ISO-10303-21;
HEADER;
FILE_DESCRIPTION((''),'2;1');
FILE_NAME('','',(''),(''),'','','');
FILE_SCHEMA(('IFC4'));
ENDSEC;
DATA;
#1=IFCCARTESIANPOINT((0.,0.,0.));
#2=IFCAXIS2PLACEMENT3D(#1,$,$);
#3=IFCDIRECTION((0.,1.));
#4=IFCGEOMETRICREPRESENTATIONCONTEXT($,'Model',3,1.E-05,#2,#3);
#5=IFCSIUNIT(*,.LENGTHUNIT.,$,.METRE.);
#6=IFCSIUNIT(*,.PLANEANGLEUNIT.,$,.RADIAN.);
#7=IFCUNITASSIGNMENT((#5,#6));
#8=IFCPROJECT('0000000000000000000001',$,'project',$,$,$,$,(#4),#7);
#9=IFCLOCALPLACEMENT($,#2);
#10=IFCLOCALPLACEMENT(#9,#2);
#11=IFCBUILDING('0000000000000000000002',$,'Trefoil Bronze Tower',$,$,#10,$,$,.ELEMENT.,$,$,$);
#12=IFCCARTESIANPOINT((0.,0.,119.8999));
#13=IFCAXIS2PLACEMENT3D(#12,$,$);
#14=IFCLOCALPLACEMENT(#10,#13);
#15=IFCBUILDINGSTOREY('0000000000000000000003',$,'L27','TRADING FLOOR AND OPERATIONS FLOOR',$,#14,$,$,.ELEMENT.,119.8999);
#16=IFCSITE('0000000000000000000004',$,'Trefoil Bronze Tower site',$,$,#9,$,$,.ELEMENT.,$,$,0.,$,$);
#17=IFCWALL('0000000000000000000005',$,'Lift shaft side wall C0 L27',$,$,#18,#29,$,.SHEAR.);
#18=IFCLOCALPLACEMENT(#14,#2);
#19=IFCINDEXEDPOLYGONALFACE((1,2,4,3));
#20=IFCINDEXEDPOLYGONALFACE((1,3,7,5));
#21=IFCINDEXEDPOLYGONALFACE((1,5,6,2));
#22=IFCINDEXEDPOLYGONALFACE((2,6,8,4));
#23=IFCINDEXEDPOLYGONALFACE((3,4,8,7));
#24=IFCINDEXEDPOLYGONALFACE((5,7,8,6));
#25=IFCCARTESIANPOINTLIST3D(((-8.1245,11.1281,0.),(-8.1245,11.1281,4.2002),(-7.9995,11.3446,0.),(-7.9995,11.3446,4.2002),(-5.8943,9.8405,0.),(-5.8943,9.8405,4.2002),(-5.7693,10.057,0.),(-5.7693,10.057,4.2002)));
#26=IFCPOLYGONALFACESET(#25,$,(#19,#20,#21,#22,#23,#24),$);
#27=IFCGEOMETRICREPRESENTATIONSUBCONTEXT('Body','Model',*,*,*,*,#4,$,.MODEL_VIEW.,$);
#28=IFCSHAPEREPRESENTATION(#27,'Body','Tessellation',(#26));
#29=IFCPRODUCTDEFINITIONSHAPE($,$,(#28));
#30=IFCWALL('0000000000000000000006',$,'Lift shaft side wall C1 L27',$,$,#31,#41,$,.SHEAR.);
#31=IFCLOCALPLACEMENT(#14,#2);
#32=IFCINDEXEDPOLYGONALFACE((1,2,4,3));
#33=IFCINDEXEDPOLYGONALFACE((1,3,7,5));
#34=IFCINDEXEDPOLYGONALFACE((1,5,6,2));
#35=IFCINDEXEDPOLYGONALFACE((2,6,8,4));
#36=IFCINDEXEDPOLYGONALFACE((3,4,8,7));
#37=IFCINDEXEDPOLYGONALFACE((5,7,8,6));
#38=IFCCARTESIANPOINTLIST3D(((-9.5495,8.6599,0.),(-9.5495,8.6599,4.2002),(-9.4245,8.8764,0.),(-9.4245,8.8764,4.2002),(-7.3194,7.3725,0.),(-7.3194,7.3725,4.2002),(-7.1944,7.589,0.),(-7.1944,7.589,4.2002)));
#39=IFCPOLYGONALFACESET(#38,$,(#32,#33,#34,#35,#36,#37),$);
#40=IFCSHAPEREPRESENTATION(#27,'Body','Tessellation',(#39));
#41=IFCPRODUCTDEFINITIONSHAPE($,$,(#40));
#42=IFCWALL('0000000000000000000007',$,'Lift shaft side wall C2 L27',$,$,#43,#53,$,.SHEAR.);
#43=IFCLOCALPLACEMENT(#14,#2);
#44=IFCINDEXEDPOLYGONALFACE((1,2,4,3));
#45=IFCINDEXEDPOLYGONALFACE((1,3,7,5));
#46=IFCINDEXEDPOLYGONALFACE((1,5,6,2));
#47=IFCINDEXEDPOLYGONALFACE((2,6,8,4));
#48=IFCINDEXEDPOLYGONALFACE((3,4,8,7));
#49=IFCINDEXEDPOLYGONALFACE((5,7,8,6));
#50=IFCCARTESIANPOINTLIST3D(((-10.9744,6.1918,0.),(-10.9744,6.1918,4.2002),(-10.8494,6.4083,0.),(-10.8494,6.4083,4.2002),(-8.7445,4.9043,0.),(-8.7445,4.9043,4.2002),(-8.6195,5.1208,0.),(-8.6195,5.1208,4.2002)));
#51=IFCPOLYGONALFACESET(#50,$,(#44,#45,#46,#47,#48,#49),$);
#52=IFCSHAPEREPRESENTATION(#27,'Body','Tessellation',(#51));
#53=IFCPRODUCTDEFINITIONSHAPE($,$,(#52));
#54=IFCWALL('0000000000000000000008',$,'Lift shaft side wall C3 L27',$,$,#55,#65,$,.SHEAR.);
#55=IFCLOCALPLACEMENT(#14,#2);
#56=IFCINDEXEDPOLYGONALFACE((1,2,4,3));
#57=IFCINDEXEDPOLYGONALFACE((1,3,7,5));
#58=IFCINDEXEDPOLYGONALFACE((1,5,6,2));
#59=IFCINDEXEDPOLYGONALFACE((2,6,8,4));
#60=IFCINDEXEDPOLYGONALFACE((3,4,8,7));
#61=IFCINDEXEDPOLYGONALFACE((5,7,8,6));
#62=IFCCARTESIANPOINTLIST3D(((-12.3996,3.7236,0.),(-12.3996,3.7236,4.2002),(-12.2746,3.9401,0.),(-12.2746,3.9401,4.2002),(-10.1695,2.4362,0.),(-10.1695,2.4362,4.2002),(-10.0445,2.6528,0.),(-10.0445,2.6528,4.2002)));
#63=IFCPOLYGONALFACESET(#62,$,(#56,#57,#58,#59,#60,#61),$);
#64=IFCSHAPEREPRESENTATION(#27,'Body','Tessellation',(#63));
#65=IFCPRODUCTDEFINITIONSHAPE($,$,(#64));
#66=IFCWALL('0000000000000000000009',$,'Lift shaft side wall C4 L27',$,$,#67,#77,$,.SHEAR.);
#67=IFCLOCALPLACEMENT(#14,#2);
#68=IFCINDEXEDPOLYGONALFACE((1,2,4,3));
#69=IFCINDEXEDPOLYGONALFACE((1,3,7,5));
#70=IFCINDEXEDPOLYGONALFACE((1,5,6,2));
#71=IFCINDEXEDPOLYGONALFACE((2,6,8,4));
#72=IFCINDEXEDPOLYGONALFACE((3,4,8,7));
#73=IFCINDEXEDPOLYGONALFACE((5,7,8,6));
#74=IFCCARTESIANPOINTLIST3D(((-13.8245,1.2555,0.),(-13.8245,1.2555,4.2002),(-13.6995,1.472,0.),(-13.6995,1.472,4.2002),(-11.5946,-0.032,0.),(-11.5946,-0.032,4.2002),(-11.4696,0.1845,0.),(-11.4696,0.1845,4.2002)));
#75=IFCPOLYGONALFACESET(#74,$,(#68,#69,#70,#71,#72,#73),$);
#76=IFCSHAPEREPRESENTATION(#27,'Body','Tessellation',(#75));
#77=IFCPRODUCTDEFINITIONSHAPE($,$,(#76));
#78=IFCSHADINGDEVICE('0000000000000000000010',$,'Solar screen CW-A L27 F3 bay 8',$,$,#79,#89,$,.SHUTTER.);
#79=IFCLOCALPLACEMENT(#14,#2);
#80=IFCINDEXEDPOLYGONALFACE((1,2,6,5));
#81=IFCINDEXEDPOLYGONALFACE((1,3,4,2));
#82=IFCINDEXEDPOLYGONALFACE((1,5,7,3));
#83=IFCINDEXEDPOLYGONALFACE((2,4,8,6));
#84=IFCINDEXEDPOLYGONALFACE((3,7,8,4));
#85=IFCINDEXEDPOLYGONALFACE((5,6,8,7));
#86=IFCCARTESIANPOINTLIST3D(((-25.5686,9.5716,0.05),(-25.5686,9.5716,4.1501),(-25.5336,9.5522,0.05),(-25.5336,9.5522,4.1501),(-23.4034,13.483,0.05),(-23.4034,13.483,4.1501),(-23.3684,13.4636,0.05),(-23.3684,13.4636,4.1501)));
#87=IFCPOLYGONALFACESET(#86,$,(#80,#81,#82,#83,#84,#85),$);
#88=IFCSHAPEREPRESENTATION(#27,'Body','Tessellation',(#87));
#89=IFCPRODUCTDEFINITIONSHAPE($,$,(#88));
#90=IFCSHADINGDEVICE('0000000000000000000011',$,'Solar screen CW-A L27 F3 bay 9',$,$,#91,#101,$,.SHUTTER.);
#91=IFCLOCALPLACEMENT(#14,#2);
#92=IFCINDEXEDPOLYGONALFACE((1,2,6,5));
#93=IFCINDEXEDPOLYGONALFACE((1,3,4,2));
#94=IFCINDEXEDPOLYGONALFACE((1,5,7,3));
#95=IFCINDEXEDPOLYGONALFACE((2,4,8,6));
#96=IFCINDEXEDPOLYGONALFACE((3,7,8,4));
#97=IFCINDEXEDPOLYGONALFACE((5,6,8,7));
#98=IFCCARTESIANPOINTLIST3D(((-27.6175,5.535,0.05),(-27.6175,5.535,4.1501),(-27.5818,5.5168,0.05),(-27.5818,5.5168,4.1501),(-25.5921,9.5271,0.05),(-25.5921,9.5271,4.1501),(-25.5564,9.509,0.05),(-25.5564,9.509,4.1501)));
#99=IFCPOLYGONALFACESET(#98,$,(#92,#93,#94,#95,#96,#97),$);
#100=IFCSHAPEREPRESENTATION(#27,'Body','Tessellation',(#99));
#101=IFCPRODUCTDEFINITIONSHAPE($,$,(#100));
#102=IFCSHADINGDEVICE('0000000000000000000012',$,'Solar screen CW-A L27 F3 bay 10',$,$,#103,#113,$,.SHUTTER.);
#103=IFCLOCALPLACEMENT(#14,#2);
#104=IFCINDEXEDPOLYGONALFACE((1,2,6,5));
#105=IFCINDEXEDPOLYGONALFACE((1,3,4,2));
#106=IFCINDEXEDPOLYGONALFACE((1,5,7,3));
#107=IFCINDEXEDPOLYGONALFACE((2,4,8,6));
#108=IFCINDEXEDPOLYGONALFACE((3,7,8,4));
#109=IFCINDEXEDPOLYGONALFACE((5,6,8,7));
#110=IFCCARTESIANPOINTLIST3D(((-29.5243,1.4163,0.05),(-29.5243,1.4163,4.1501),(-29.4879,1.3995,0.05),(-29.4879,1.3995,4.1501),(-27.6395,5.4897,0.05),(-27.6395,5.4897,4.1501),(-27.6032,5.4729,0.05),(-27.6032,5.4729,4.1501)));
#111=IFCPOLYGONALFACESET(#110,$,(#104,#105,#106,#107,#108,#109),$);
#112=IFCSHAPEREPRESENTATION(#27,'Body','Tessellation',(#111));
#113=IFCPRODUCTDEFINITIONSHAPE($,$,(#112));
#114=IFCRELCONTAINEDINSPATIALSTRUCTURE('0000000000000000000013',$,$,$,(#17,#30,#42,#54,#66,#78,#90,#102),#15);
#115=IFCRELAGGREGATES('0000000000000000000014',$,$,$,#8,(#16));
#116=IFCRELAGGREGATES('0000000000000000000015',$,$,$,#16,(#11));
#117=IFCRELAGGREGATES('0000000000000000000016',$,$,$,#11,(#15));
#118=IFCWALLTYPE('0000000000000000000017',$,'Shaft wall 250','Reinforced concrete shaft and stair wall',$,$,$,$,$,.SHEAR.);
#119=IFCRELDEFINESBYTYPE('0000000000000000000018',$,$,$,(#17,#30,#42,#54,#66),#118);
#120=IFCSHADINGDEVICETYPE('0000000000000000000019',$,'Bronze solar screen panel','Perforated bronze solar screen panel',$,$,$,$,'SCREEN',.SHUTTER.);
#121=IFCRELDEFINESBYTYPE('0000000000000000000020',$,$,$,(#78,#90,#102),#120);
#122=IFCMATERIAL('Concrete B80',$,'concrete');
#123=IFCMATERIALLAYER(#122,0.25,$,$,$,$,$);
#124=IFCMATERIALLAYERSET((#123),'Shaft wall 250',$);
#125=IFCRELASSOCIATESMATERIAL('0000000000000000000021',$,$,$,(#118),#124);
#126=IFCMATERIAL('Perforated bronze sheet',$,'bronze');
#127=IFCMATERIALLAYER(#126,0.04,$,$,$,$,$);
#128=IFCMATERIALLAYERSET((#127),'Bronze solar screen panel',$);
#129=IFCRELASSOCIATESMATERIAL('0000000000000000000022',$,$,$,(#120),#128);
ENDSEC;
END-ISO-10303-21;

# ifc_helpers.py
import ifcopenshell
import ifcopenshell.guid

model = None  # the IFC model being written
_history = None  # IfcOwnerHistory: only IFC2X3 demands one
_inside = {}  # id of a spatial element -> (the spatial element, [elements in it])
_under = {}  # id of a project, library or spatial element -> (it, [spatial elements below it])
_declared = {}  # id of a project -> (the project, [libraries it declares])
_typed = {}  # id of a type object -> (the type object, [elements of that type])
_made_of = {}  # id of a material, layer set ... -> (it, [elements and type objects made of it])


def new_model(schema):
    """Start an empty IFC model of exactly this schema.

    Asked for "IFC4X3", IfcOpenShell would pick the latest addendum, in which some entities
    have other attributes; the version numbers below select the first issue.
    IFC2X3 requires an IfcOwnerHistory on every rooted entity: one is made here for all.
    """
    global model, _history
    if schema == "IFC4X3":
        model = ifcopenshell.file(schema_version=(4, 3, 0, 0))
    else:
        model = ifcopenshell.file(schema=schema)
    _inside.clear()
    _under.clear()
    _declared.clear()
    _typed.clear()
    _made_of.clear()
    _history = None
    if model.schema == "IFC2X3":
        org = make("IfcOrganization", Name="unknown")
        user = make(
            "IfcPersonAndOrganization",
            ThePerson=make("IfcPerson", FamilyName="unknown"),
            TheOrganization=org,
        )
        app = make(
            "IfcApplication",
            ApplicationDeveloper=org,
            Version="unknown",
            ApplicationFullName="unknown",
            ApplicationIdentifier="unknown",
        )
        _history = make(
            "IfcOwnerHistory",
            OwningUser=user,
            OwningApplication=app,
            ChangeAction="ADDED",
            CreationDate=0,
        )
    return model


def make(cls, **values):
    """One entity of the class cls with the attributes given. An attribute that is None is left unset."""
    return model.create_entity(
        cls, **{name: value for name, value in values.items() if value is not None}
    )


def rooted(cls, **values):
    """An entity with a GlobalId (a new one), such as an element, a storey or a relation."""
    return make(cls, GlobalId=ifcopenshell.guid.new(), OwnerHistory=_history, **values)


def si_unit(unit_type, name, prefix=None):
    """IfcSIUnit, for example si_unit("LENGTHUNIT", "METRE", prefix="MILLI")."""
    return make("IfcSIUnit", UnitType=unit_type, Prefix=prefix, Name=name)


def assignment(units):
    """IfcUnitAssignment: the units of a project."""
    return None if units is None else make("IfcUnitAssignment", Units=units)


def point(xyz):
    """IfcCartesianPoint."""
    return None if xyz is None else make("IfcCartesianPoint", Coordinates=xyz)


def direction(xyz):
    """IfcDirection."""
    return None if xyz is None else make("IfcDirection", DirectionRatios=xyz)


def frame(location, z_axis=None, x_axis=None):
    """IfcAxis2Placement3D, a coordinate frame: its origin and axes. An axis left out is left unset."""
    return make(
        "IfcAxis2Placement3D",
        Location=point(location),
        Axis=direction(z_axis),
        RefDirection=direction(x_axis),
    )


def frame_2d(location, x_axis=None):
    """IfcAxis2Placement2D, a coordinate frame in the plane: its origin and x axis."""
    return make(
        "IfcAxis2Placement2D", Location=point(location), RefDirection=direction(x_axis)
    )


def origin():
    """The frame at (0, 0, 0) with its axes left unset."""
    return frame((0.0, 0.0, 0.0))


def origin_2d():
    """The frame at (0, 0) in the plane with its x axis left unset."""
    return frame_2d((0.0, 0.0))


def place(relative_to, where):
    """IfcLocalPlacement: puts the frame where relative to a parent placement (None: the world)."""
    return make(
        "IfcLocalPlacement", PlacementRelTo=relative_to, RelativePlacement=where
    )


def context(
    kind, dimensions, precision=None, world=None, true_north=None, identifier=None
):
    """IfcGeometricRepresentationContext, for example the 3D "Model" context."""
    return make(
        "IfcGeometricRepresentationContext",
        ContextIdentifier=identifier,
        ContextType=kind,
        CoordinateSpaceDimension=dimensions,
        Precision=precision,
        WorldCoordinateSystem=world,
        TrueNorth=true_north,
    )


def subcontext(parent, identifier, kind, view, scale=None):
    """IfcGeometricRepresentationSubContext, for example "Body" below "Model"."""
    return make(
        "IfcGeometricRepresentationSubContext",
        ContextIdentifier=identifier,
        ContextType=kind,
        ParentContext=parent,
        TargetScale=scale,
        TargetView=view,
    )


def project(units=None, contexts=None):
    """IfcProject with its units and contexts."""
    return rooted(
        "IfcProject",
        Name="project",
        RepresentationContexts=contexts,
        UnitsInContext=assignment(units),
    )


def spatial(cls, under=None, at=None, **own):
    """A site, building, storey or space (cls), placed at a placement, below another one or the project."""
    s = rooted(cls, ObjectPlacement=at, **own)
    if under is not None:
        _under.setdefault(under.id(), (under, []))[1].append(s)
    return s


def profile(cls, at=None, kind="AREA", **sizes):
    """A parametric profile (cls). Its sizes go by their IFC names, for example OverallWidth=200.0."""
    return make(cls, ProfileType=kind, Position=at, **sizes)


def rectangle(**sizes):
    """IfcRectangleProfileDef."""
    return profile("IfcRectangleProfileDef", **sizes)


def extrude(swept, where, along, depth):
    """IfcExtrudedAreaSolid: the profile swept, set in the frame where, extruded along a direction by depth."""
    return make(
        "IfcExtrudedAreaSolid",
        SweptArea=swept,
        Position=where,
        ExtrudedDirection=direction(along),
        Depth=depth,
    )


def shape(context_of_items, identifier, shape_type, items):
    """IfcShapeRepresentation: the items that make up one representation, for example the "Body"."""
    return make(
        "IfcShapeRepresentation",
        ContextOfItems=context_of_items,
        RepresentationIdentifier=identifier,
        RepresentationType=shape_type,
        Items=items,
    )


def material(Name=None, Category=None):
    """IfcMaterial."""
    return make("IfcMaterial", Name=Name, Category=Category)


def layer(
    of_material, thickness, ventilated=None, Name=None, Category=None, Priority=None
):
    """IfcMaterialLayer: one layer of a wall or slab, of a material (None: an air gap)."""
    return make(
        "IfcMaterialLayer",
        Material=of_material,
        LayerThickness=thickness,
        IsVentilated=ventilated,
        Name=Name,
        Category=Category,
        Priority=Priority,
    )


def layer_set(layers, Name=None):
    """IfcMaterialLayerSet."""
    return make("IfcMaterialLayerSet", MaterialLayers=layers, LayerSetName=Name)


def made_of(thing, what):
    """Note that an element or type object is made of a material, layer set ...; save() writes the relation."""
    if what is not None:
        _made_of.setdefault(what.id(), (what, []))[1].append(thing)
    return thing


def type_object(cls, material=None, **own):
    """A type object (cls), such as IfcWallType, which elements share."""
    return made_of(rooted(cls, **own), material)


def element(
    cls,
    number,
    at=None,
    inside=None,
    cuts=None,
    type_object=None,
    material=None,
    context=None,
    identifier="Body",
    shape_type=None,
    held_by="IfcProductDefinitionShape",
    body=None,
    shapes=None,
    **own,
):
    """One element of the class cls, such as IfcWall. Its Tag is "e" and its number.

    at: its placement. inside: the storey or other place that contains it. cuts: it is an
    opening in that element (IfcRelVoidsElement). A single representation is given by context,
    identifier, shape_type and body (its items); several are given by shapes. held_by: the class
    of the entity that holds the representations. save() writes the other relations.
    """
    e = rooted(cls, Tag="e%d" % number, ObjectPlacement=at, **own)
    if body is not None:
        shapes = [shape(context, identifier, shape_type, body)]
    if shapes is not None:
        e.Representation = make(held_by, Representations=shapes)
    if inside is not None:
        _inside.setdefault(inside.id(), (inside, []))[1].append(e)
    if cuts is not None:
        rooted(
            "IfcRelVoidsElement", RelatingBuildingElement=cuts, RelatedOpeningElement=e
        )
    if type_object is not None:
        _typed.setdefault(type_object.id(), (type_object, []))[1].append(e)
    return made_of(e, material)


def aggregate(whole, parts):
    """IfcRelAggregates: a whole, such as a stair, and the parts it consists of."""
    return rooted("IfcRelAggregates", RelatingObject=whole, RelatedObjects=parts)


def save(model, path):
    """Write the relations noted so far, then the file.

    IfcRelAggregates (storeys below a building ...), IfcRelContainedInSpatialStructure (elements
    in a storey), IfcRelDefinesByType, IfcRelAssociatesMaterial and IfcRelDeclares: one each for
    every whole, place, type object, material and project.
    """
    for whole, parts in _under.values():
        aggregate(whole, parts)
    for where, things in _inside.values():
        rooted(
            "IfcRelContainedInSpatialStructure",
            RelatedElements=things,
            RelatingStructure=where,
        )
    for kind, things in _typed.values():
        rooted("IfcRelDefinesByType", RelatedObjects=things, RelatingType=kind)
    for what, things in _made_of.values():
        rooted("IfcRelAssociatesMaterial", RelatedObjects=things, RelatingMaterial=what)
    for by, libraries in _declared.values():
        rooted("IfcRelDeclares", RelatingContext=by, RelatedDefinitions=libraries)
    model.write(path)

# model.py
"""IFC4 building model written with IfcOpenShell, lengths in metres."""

from ifc_helpers import new_model, si_unit, direction, frame, frame_2d, origin, origin_2d, place, context, subcontext, project, spatial, rectangle, extrude, material, layer, layer_set, type_object, element, save


model = new_model("IFC4")

# Units and contexts
model_context = context("Model", 3, precision=1e-05, world=origin(), true_north=direction((0.0, 1.0)))
body_context = subcontext(model_context, "Body", "Model", "MODEL_VIEW")
ifc_project = project(units=[si_unit("LENGTHUNIT", "METRE"), si_unit("PLANEANGLEUNIT", "RADIAN")], contexts=[model_context])

# Site, building, storey
site_placement = place(None, origin())
site = spatial("IfcSite", under=ifc_project, at=site_placement, Name="Trefoil Bronze Tower site", CompositionType="ELEMENT", RefElevation=0.0)
building_placement = place(site_placement, origin())
building = spatial("IfcBuilding", under=site, at=building_placement, Name="Trefoil Bronze Tower", CompositionType="ELEMENT")
storey_placement = place(building_placement, frame((0.0, 0.0, 119.8999)))
storey = spatial("IfcBuildingStorey", under=building, at=storey_placement, Name="L27", Description="TRADING FLOOR AND OPERATIONS FLOOR", CompositionType="ELEMENT", Elevation=119.8999)

# Walls
ifc_material_1 = material(Name="Concrete B80", Category="concrete")
ifc_layer_1 = layer(ifc_material_1, 0.25)
ifc_layer_set_1 = layer_set([ifc_layer_1], Name="Shaft wall 250")
wall_type_1 = type_object("IfcWallType", Name="Shaft wall 250", Description="Reinforced concrete shaft and stair wall", PredefinedType="SHEAR", material=ifc_layer_set_1)
wall_1_placement = place(storey_placement, frame((-5.8318, 9.9487, 0.0), z_axis=(0.0, 0.0, 1.0), x_axis=(-0.866029, 0.499993, 0.0)))
element("IfcWall", 1, at=wall_1_placement, inside=storey, type_object=wall_type_1, Name="Lift shaft side wall C0 L27", PredefinedType="SHEAR", context=body_context, shape_type="SweptSolid", body=[
    extrude(rectangle(XDim=2.5752, YDim=0.25, at=frame_2d((1.2876, 0.0))), origin(), (0.0, 0.0, 1.0), 4.2002),
])
for number, where, z_axis, x_axis, name in (
    (2, (-7.2568, 7.4807, 0.0), (0.0, 0.0, 1.0), (-0.866047, 0.499963, 0.0), "Lift shaft side wall C1 L27"),
    (3, (-8.6819, 5.0125, 0.0), (0.0, 0.0, 1.0), (-0.866006, 0.500034, 0.0), "Lift shaft side wall C2 L27"),
    (4, (-10.1069, 2.5444, 0.0), (0.0, 0.0, 1.0), (-0.866047, 0.499963, 0.0), "Lift shaft side wall C3 L27"),
    (5, (-11.532, 0.0762, 0.0), (0.0, 0.0, 1.0), (-0.866006, 0.500034, 0.0), "Lift shaft side wall C4 L27"),
):
    element("IfcWall", number, at=place(storey_placement, frame(where, z_axis=z_axis, x_axis=x_axis)), inside=storey, type_object=wall_type_1, Name=name, PredefinedType="SHEAR", context=body_context, shape_type="SweptSolid", body=[
        extrude(rectangle(XDim=2.575, YDim=0.25, at=frame_2d((1.2876, 0.0))), origin(), (0.0, 0.0, 1.0), 4.2002),
    ])

# Shading devices
ifc_material_2 = material(Name="Perforated bronze sheet", Category="bronze")
ifc_layer_2 = layer(ifc_material_2, 0.04)
ifc_layer_set_2 = layer_set([ifc_layer_2], Name="Bronze solar screen panel")
shading_device_type = type_object("IfcShadingDeviceType", Name="Bronze solar screen panel", Description="Perforated bronze solar screen panel", ElementType="SCREEN", PredefinedType="SHUTTER", material=ifc_layer_set_2)
shading_device_1_placement = place(storey_placement, frame((-24.4685, 11.5176, 0.05), z_axis=(0.0, 0.0, 1.0), x_axis=(-0.484312, -0.874895, 0.0)))
element("IfcShadingDevice", 6, at=shading_device_1_placement, inside=storey, type_object=shading_device_type, Name="Solar screen CW-A L27 F3 bay 8", PredefinedType="SHUTTER", context=body_context, shape_type="SweptSolid", body=[
    extrude(rectangle(XDim=4.4707, YDim=0.04, at=origin_2d()), origin(), (0.0, 0.0, 1.0), 4.1001),
])
shading_device_2_placement = place(storey_placement, frame((-26.5869, 7.522, 0.05), z_axis=(0.0, 0.0, 1.0), x_axis=(-0.452449, -0.89179, 0.0)))
element("IfcShadingDevice", 7, at=shading_device_2_placement, inside=storey, type_object=shading_device_type, Name="Solar screen CW-A L27 F3 bay 9", PredefinedType="SHUTTER", context=body_context, shape_type="SweptSolid", body=[
    extrude(rectangle(XDim=4.4766, YDim=0.04, at=origin_2d()), origin(), (0.0, 0.0, 1.0), 4.1001),
])
shading_device_3_placement = place(storey_placement, frame((-28.5637, 3.4446, 0.05), z_axis=(0.0, 0.0, 1.0), x_axis=(-0.419933, -0.907555, 0.0)))
element("IfcShadingDevice", 8, at=shading_device_3_placement, inside=storey, type_object=shading_device_type, Name="Solar screen CW-A L27 F3 bay 10", PredefinedType="SHUTTER", context=body_context, shape_type="SweptSolid", body=[
    extrude(rectangle(XDim=4.4883, YDim=0.04, at=origin_2d()), origin(), (0.0, 0.0, 1.0), 4.1001),
])

save(model, "model.ifc")
